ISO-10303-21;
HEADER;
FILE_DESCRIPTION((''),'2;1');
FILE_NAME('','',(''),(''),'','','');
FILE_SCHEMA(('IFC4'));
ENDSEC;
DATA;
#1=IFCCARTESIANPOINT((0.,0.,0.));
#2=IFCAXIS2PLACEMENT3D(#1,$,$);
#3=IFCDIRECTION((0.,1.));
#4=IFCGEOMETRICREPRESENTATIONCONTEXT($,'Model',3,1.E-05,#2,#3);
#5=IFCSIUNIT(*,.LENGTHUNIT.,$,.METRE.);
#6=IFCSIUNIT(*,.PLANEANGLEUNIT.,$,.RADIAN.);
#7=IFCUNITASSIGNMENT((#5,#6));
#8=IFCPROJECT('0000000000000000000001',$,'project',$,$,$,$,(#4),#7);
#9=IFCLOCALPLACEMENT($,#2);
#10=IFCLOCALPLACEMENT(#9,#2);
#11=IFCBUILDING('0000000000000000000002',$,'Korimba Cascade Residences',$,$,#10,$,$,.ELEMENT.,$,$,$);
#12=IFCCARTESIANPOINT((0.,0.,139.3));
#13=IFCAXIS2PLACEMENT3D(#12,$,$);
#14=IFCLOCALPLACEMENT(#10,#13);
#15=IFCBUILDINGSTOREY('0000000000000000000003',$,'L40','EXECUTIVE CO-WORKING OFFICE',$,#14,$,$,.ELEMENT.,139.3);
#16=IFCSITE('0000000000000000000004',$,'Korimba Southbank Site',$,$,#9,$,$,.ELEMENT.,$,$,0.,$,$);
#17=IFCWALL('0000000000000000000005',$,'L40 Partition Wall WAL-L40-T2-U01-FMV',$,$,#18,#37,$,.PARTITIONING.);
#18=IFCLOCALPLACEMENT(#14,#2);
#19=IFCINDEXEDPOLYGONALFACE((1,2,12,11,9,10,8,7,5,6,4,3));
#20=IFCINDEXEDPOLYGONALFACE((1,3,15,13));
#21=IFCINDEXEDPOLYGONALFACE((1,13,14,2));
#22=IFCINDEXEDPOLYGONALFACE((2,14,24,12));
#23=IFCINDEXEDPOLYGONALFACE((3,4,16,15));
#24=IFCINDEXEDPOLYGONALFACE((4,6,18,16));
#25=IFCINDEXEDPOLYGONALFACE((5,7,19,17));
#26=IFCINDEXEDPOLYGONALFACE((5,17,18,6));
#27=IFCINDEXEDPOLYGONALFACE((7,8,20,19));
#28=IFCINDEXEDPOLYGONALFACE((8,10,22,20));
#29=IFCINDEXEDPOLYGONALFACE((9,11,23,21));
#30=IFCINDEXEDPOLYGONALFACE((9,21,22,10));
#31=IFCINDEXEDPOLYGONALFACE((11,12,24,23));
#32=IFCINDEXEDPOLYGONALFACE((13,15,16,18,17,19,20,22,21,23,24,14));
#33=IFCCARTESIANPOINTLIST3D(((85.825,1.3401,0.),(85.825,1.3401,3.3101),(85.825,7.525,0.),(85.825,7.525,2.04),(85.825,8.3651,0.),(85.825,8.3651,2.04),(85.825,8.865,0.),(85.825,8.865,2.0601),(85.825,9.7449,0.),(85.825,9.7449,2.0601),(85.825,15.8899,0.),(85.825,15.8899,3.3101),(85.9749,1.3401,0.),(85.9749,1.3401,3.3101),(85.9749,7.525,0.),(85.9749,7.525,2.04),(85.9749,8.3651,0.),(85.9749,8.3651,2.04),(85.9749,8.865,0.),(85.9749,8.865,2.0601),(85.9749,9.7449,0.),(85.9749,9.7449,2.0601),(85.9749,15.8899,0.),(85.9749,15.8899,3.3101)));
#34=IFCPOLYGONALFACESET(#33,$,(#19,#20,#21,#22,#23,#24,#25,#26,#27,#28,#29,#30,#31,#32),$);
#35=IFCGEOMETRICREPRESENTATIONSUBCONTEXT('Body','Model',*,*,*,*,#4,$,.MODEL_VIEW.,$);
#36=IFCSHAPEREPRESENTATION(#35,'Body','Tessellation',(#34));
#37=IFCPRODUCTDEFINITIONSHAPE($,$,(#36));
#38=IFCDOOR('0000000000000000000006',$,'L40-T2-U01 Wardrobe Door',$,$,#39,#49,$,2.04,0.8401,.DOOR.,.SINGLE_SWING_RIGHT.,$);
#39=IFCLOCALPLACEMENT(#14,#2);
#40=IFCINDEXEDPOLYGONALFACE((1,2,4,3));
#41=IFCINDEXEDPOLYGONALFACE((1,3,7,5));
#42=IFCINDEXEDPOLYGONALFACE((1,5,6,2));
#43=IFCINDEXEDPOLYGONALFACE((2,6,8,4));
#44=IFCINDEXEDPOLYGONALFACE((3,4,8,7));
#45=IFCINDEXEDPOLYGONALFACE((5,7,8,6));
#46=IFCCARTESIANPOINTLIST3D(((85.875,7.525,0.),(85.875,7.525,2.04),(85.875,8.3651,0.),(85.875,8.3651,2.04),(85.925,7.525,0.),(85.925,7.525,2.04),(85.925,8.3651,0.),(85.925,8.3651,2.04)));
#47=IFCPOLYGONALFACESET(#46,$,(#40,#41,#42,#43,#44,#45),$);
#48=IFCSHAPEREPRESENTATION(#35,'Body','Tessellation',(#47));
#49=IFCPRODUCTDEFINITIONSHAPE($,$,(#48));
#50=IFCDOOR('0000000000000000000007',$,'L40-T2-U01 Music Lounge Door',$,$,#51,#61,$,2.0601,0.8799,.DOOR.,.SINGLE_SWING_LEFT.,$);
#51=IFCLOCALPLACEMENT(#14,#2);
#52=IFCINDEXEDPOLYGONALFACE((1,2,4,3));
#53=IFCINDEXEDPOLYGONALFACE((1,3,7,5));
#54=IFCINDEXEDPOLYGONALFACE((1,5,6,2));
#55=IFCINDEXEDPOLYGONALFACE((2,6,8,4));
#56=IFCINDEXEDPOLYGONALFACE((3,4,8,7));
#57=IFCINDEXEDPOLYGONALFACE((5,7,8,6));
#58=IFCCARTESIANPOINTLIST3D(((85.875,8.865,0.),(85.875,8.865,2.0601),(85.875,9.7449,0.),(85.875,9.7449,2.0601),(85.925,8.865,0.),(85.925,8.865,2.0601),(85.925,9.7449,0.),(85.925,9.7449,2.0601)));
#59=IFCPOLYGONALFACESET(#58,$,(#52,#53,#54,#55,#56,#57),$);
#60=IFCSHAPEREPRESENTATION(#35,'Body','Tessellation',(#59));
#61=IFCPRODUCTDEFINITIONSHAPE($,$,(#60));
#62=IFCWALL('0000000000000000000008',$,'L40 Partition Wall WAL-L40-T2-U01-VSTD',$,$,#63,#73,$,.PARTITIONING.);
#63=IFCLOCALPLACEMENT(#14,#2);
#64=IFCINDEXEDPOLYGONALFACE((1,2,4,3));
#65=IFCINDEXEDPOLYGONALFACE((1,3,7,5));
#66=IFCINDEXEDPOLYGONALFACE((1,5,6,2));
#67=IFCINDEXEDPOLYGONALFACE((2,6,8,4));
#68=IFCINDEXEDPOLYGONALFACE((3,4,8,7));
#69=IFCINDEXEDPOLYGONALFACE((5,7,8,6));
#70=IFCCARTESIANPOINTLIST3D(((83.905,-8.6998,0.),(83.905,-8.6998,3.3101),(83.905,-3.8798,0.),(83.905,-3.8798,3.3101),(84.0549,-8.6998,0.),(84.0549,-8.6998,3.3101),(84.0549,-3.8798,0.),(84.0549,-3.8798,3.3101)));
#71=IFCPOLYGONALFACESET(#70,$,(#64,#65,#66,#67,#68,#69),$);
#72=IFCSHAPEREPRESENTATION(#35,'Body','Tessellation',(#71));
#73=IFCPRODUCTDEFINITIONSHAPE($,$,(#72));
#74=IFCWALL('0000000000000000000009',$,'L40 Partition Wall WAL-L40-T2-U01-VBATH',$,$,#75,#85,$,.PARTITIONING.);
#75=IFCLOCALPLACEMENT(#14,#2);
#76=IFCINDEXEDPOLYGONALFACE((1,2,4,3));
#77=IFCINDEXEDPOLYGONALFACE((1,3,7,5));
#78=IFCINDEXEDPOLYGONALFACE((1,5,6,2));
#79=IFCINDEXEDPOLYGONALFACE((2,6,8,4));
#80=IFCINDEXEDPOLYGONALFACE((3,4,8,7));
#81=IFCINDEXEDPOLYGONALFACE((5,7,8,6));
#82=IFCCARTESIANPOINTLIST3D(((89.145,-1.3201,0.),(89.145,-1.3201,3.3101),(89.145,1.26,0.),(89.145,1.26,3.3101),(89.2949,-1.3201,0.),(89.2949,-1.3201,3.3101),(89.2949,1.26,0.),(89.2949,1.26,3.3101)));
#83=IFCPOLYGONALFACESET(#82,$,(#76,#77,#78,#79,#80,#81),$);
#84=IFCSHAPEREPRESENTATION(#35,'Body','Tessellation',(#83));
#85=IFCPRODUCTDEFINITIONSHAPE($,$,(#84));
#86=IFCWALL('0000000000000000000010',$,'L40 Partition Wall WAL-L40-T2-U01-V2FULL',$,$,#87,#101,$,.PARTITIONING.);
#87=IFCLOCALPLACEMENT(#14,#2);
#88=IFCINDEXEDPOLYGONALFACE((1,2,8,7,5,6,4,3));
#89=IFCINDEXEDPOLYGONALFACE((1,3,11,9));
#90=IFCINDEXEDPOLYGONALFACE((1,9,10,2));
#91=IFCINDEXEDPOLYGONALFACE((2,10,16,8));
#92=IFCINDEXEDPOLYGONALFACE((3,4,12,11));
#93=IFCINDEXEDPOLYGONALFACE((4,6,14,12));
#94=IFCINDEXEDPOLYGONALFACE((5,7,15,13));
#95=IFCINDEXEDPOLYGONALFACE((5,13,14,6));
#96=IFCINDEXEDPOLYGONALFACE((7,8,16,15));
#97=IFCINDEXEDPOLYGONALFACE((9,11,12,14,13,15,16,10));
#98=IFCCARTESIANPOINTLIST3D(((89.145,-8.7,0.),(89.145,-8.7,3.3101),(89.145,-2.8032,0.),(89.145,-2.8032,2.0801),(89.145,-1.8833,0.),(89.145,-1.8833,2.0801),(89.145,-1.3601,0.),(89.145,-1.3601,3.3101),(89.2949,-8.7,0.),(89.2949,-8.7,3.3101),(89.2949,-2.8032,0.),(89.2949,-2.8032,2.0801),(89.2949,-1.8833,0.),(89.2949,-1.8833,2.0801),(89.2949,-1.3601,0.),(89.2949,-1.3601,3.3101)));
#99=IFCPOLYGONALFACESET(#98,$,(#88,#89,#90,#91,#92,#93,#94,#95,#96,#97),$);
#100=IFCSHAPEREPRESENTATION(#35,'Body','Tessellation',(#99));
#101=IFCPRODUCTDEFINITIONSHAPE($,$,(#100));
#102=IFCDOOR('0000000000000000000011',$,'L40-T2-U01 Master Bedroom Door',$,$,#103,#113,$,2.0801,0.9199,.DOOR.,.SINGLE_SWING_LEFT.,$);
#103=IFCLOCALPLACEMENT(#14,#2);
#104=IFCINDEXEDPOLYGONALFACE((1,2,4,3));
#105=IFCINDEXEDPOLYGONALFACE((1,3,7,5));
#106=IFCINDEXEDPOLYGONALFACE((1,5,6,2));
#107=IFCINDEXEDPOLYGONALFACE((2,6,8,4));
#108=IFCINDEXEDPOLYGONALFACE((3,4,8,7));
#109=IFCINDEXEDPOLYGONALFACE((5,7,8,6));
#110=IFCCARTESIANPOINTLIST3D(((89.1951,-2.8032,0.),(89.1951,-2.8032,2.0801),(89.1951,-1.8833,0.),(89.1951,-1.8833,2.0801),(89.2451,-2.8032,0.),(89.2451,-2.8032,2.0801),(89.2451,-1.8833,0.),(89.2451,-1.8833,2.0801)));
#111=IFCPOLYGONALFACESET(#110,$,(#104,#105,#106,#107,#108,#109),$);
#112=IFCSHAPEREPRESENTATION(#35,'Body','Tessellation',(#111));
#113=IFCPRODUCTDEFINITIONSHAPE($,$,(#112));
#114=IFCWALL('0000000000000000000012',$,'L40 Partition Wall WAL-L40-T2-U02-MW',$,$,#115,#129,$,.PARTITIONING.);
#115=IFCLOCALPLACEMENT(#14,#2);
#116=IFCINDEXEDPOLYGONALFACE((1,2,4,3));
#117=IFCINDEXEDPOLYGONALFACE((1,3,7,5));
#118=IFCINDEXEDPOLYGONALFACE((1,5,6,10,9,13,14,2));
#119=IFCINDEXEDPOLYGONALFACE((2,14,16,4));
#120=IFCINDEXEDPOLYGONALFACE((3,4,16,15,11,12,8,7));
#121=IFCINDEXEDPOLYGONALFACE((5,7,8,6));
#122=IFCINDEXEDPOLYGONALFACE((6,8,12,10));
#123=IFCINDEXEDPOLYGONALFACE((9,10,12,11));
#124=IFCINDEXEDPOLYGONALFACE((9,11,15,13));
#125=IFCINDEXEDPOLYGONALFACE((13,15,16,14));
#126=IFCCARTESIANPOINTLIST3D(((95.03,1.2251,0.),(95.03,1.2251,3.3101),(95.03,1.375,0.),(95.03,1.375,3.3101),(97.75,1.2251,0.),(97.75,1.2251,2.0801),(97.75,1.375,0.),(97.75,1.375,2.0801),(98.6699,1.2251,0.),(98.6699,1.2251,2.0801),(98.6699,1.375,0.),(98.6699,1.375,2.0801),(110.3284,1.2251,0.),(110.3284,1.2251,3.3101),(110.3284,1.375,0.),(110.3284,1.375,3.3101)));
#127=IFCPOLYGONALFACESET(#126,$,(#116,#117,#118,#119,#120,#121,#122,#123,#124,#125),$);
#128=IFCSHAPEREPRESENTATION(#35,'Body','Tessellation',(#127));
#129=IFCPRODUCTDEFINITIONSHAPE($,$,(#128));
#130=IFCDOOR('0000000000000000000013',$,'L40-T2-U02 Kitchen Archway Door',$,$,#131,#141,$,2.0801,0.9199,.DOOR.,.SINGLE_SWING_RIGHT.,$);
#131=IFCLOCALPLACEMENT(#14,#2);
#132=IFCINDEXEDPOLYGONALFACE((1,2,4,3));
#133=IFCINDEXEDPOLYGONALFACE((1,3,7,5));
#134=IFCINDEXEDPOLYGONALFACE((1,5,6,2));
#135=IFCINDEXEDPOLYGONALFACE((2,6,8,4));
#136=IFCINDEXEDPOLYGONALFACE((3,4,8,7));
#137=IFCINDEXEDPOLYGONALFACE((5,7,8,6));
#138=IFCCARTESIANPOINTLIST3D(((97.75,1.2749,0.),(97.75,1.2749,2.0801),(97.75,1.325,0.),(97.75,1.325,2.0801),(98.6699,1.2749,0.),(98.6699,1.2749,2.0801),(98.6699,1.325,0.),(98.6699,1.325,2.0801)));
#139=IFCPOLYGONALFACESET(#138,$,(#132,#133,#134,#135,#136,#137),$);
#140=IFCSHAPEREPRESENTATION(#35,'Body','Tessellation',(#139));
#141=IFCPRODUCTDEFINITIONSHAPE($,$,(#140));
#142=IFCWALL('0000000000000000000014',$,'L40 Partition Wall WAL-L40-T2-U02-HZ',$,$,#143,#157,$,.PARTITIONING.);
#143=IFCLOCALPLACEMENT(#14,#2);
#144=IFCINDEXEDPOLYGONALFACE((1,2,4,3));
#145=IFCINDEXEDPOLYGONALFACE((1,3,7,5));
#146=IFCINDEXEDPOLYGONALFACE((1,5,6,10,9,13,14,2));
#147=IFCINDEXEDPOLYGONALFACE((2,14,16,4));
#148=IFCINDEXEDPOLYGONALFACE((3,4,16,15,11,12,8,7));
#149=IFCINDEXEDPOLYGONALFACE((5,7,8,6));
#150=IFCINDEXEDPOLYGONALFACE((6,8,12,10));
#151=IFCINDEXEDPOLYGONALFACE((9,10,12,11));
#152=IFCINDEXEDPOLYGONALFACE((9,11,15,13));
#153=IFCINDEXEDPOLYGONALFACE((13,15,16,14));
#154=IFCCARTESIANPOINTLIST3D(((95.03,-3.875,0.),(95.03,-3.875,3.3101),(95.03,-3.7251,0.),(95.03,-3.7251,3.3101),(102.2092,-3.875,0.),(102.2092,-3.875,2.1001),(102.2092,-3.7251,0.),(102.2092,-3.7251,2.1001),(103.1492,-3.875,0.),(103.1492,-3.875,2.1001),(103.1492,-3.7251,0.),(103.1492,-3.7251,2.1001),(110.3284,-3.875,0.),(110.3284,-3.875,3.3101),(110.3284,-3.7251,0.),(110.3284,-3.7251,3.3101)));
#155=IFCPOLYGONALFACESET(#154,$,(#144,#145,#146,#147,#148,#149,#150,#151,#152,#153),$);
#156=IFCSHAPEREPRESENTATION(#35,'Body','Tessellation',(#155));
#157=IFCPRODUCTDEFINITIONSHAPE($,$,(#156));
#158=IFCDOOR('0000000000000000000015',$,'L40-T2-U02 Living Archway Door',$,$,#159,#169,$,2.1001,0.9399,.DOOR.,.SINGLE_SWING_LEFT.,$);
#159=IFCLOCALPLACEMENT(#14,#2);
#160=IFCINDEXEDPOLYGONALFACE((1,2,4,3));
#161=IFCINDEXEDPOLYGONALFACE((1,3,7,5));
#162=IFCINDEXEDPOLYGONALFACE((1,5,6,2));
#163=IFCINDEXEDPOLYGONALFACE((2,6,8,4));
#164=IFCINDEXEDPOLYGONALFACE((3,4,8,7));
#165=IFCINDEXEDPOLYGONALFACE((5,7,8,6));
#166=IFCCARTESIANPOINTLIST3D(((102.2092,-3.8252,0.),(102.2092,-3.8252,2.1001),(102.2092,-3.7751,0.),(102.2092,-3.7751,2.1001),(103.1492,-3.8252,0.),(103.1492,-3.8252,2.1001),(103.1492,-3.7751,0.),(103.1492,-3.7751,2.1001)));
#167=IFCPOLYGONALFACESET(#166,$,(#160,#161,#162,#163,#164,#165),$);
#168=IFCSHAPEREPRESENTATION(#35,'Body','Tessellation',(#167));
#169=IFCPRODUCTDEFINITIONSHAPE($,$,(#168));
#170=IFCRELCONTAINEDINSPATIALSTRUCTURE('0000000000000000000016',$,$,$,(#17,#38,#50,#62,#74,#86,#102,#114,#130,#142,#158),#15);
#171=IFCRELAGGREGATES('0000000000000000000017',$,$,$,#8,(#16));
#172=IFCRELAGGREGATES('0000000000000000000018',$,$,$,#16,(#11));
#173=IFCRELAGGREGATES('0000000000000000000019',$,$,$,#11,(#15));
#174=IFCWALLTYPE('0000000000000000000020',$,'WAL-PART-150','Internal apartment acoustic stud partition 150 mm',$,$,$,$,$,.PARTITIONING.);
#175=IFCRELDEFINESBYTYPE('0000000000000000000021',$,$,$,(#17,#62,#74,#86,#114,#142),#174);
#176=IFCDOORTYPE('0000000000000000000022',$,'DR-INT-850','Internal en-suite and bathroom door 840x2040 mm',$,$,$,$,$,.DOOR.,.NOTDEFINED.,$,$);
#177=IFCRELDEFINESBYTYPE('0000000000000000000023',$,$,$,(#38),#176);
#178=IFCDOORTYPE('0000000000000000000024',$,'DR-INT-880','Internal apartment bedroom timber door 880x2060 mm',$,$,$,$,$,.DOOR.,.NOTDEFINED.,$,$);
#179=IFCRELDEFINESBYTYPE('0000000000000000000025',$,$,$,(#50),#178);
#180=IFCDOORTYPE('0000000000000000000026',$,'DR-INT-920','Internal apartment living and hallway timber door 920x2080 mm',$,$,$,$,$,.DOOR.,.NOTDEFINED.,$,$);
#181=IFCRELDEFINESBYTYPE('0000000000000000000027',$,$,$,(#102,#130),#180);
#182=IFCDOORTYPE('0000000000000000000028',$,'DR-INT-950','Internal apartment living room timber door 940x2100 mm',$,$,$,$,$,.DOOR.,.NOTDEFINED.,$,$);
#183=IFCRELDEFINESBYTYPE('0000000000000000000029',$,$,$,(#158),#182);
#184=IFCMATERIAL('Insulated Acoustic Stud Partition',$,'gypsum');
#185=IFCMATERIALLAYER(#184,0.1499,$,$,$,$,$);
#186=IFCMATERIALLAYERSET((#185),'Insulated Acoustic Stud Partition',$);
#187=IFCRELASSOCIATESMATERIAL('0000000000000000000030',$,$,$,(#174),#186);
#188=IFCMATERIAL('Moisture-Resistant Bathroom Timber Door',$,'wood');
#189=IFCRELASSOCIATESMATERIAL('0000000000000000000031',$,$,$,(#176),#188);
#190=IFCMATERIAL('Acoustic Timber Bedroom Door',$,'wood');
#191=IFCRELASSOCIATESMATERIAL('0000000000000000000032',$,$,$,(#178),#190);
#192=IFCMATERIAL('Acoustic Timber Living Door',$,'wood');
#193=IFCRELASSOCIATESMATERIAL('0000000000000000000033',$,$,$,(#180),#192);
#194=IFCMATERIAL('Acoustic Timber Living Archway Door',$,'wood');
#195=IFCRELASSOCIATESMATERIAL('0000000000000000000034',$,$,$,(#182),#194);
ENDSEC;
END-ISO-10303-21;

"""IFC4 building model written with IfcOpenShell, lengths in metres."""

from ifc_helpers import new_model, si_unit, direction, frame, frame_2d, origin, place, context, subcontext, project, spatial, rectangle, extrude, material, layer, layer_set, type_object, element, fill, save


model = new_model("IFC4")

# Units and contexts
model_context = context("Model", 3, precision=1e-05, world=origin(), true_north=direction((0.0, 1.0)))
body_context = subcontext(model_context, "Body", "Model", "MODEL_VIEW")
ifc_project = project(units=[si_unit("LENGTHUNIT", "METRE"), si_unit("PLANEANGLEUNIT", "RADIAN")], contexts=[model_context])

# Site, building, storey
site_placement = place(None, origin())
site = spatial("IfcSite", under=ifc_project, at=site_placement, Name="Korimba Southbank Site", CompositionType="ELEMENT", RefElevation=0.0)
building_placement = place(site_placement, origin())
building = spatial("IfcBuilding", under=site, at=building_placement, Name="Korimba Cascade Residences", CompositionType="ELEMENT")
storey_placement = place(building_placement, frame((0.0, 0.0, 139.3)))
storey = spatial("IfcBuildingStorey", under=building, at=storey_placement, Name="L40", Description="EXECUTIVE CO-WORKING OFFICE", CompositionType="ELEMENT", Elevation=139.3)

# Wall, openings, doors
ifc_material_1 = material(Name="Insulated Acoustic Stud Partition", Category="gypsum")
ifc_layer_1 = layer(ifc_material_1, 0.1499)
ifc_layer_set_1 = layer_set([ifc_layer_1], Name="Insulated Acoustic Stud Partition")
wall_type_1 = type_object("IfcWallType", Name="WAL-PART-150", Description="Internal apartment acoustic stud partition 150 mm", PredefinedType="PARTITIONING", material=ifc_layer_set_1)
wall_1_placement = place(storey_placement, frame((85.8999, 1.3401, 0.0), z_axis=(0.0, 0.0, 1.0), x_axis=(0.0, 1.0, 0.0)))
wall_1 = element("IfcWall", 1, at=wall_1_placement, inside=storey, type_object=wall_type_1, Name="L40 Partition Wall WAL-L40-T2-U01-FMV", PredefinedType="PARTITIONING", context=body_context, shape_type="SweptSolid", body=[
    extrude(rectangle(XDim=14.5498, YDim=0.1499, at=frame_2d((7.2749, 0.0))), origin(), (0.0, 0.0, 1.0), 3.3101),
])
opening_1_placement = place(wall_1_placement, frame((6.1851, 0.0, 0.0)))
opening_1 = element("IfcOpeningElement", 2, at=opening_1_placement, cuts=wall_1, PredefinedType="OPENING", context=body_context, shape_type="SweptSolid", body=[
    extrude(rectangle(XDim=0.8401, YDim=2.04, at=frame_2d((0.4199, 1.02))), frame((0.0, 0.085, 0.0), z_axis=(0.0, -1.0, 0.0), x_axis=(1.0, 0.0, 0.0)), (0.0, 0.0, 1.0), 0.1699),
])
opening_2_placement = place(wall_1_placement, frame((7.5249, 0.0, 0.0)))
opening_2 = element("IfcOpeningElement", 3, at=opening_2_placement, cuts=wall_1, PredefinedType="OPENING", context=body_context, shape_type="SweptSolid", body=[
    extrude(rectangle(XDim=0.8799, YDim=2.0601, at=frame_2d((0.4399, 1.03))), frame((0.0, 0.085, 0.0), z_axis=(0.0, -1.0, 0.0), x_axis=(1.0, 0.0, 0.0)), (0.0, 0.0, 1.0), 0.1699),
])
ifc_material_2 = material(Name="Moisture-Resistant Bathroom Timber Door", Category="wood")
door_type_1 = type_object("IfcDoorType", Name="DR-INT-850", Description="Internal en-suite and bathroom door 840x2040 mm", OperationType="NOTDEFINED", PredefinedType="DOOR", material=ifc_material_2)
door_1_placement = place(opening_1_placement, origin())
door_1 = element("IfcDoor", 4, at=door_1_placement, inside=storey, type_object=door_type_1, Name="L40-T2-U01 Wardrobe Door", OperationType="SINGLE_SWING_RIGHT", OverallHeight=2.04, OverallWidth=0.8401, PredefinedType="DOOR", context=body_context, shape_type="SweptSolid", body=[
    extrude(rectangle(XDim=0.8401, YDim=2.04, at=frame_2d((0.4199, 1.02))), frame((0.0, 0.0249, 0.0), z_axis=(0.0, -1.0, 0.0), x_axis=(1.0, 0.0, 0.0)), (0.0, 0.0, 1.0), 0.05),
])
fill(opening_1, door_1)
ifc_material_3 = material(Name="Acoustic Timber Bedroom Door", Category="wood")
door_type_2 = type_object("IfcDoorType", Name="DR-INT-880", Description="Internal apartment bedroom timber door 880x2060 mm", OperationType="NOTDEFINED", PredefinedType="DOOR", material=ifc_material_3)
door_2_placement = place(opening_2_placement, origin())
door_2 = element("IfcDoor", 5, at=door_2_placement, inside=storey, type_object=door_type_2, Name="L40-T2-U01 Music Lounge Door", OperationType="SINGLE_SWING_LEFT", OverallHeight=2.0601, OverallWidth=0.8799, PredefinedType="DOOR", context=body_context, shape_type="SweptSolid", body=[
    extrude(rectangle(XDim=0.8799, YDim=2.0601, at=frame_2d((0.4399, 1.03))), frame((0.0, 0.0249, 0.0), z_axis=(0.0, -1.0, 0.0), x_axis=(1.0, 0.0, 0.0)), (0.0, 0.0, 1.0), 0.05),
])
fill(opening_2, door_2)

# Walls
wall_2_placement = place(storey_placement, frame((83.98, -8.7, 0.0), z_axis=(0.0, 0.0, 1.0), x_axis=(0.0, 1.0, 0.0)))
element("IfcWall", 6, at=wall_2_placement, inside=storey, type_object=wall_type_1, Name="L40 Partition Wall WAL-L40-T2-U01-VSTD", PredefinedType="PARTITIONING", context=body_context, shape_type="SweptSolid", body=[
    extrude(rectangle(XDim=4.8201, YDim=0.1499, at=frame_2d((2.4102, 0.0))), origin(), (0.0, 0.0, 1.0), 3.3101),
])
wall_3_placement = place(storey_placement, frame((89.22, -1.3201, 0.0), z_axis=(0.0, 0.0, 1.0), x_axis=(0.0, 1.0, 0.0)))
element("IfcWall", 7, at=wall_3_placement, inside=storey, type_object=wall_type_1, Name="L40 Partition Wall WAL-L40-T2-U01-VBATH", PredefinedType="PARTITIONING", context=body_context, shape_type="SweptSolid", body=[
    extrude(rectangle(XDim=2.5801, YDim=0.1499, at=frame_2d((1.29, 0.0))), origin(), (0.0, 0.0, 1.0), 3.3101),
])

# Walls, openings, doors
wall_4_placement = place(storey_placement, frame((89.22, -8.7, 0.0), z_axis=(0.0, 0.0, 1.0), x_axis=(0.0, 1.0, 0.0)))
wall_4 = element("IfcWall", 8, at=wall_4_placement, inside=storey, type_object=wall_type_1, Name="L40 Partition Wall WAL-L40-T2-U01-V2FULL", PredefinedType="PARTITIONING", context=body_context, shape_type="SweptSolid", body=[
    extrude(rectangle(XDim=7.3398, YDim=0.1499, at=frame_2d((3.6699, 0.0))), origin(), (0.0, 0.0, 1.0), 3.3101),
])
opening_3_placement = place(wall_4_placement, frame((5.8967, 0.0, 0.0)))
opening_3 = element("IfcOpeningElement", 9, at=opening_3_placement, cuts=wall_4, PredefinedType="OPENING", context=body_context, shape_type="SweptSolid", body=[
    extrude(rectangle(XDim=0.9199, YDim=2.0801, at=frame_2d((0.46, 1.04))), frame((0.0, 0.085, 0.0), z_axis=(0.0, -1.0, 0.0), x_axis=(1.0, 0.0, 0.0)), (0.0, 0.0, 1.0), 0.1699),
])
ifc_material_4 = material(Name="Acoustic Timber Living Door", Category="wood")
door_type_3 = type_object("IfcDoorType", Name="DR-INT-920", Description="Internal apartment living and hallway timber door 920x2080 mm", OperationType="NOTDEFINED", PredefinedType="DOOR", material=ifc_material_4)
door_3_placement = place(opening_3_placement, origin())
door_3 = element("IfcDoor", 10, at=door_3_placement, inside=storey, type_object=door_type_3, Name="L40-T2-U01 Master Bedroom Door", OperationType="SINGLE_SWING_LEFT", OverallHeight=2.0801, OverallWidth=0.9199, PredefinedType="DOOR", context=body_context, shape_type="SweptSolid", body=[
    extrude(rectangle(XDim=0.9199, YDim=2.0801, at=frame_2d((0.46, 1.04))), frame((0.0, 0.0249, 0.0), z_axis=(0.0, -1.0, 0.0), x_axis=(1.0, 0.0, 0.0)), (0.0, 0.0, 1.0), 0.05),
])
fill(opening_3, door_3)
wall_5_placement = place(storey_placement, frame((95.03, 1.3, 0.0), z_axis=(0.0, 0.0, 1.0), x_axis=(1.0, 0.0, 0.0)))
wall_5 = element("IfcWall", 11, at=wall_5_placement, inside=storey, type_object=wall_type_1, Name="L40 Partition Wall WAL-L40-T2-U02-MW", PredefinedType="PARTITIONING", context=body_context, shape_type="SweptSolid", body=[
    extrude(rectangle(XDim=15.2983, YDim=0.1499, at=frame_2d((7.6492, 0.0))), origin(), (0.0, 0.0, 1.0), 3.3101),
])
opening_4_placement = place(wall_5_placement, frame((2.72, 0.0, 0.0)))
opening_4 = element("IfcOpeningElement", 12, at=opening_4_placement, cuts=wall_5, PredefinedType="OPENING", context=body_context, shape_type="SweptSolid", body=[
    extrude(rectangle(XDim=0.9199, YDim=2.0801, at=frame_2d((0.46, 1.04))), frame((0.0, 0.085, 0.0), z_axis=(0.0, -1.0, 0.0), x_axis=(1.0, 0.0, 0.0)), (0.0, 0.0, 1.0), 0.1699),
])
door_4_placement = place(opening_4_placement, origin())
door_4 = element("IfcDoor", 13, at=door_4_placement, inside=storey, type_object=door_type_3, Name="L40-T2-U02 Kitchen Archway Door", OperationType="SINGLE_SWING_RIGHT", OverallHeight=2.0801, OverallWidth=0.9199, PredefinedType="DOOR", context=body_context, shape_type="SweptSolid", body=[
    extrude(rectangle(XDim=0.9199, YDim=2.0801, at=frame_2d((0.46, 1.04))), frame((0.0, 0.0249, 0.0), z_axis=(0.0, -1.0, 0.0), x_axis=(1.0, 0.0, 0.0)), (0.0, 0.0, 1.0), 0.05),
])
fill(opening_4, door_4)
wall_6_placement = place(storey_placement, frame((95.03, -3.8, 0.0), z_axis=(0.0, 0.0, 1.0), x_axis=(1.0, 0.0, 0.0)))
wall_6 = element("IfcWall", 14, at=wall_6_placement, inside=storey, type_object=wall_type_1, Name="L40 Partition Wall WAL-L40-T2-U02-HZ", PredefinedType="PARTITIONING", context=body_context, shape_type="SweptSolid", body=[
    extrude(rectangle(XDim=15.2983, YDim=0.1499, at=frame_2d((7.6492, 0.0))), origin(), (0.0, 0.0, 1.0), 3.3101),
])
opening_5_placement = place(wall_6_placement, frame((7.1792, 0.0, 0.0)))
opening_5 = element("IfcOpeningElement", 15, at=opening_5_placement, cuts=wall_6, PredefinedType="OPENING", context=body_context, shape_type="SweptSolid", body=[
    extrude(rectangle(XDim=0.9399, YDim=2.1001, at=frame_2d((0.47, 1.05))), frame((0.0, 0.085, 0.0), z_axis=(0.0, -1.0, 0.0), x_axis=(1.0, 0.0, 0.0)), (0.0, 0.0, 1.0), 0.1699),
])
ifc_material_5 = material(Name="Acoustic Timber Living Archway Door", Category="wood")
door_type_4 = type_object("IfcDoorType", Name="DR-INT-950", Description="Internal apartment living room timber door 940x2100 mm", OperationType="NOTDEFINED", PredefinedType="DOOR", material=ifc_material_5)
door_5_placement = place(opening_5_placement, origin())
door_5 = element("IfcDoor", 16, at=door_5_placement, inside=storey, type_object=door_type_4, Name="L40-T2-U02 Living Archway Door", OperationType="SINGLE_SWING_LEFT", OverallHeight=2.1001, OverallWidth=0.9399, PredefinedType="DOOR", context=body_context, shape_type="SweptSolid", body=[
    extrude(rectangle(XDim=0.9399, YDim=2.1001, at=frame_2d((0.47, 1.05))), frame((0.0, 0.0249, 0.0), z_axis=(0.0, -1.0, 0.0), x_axis=(1.0, 0.0, 0.0)), (0.0, 0.0, 1.0), 0.05),
])
fill(opening_5, door_5)

save(model, "model.ifc")
